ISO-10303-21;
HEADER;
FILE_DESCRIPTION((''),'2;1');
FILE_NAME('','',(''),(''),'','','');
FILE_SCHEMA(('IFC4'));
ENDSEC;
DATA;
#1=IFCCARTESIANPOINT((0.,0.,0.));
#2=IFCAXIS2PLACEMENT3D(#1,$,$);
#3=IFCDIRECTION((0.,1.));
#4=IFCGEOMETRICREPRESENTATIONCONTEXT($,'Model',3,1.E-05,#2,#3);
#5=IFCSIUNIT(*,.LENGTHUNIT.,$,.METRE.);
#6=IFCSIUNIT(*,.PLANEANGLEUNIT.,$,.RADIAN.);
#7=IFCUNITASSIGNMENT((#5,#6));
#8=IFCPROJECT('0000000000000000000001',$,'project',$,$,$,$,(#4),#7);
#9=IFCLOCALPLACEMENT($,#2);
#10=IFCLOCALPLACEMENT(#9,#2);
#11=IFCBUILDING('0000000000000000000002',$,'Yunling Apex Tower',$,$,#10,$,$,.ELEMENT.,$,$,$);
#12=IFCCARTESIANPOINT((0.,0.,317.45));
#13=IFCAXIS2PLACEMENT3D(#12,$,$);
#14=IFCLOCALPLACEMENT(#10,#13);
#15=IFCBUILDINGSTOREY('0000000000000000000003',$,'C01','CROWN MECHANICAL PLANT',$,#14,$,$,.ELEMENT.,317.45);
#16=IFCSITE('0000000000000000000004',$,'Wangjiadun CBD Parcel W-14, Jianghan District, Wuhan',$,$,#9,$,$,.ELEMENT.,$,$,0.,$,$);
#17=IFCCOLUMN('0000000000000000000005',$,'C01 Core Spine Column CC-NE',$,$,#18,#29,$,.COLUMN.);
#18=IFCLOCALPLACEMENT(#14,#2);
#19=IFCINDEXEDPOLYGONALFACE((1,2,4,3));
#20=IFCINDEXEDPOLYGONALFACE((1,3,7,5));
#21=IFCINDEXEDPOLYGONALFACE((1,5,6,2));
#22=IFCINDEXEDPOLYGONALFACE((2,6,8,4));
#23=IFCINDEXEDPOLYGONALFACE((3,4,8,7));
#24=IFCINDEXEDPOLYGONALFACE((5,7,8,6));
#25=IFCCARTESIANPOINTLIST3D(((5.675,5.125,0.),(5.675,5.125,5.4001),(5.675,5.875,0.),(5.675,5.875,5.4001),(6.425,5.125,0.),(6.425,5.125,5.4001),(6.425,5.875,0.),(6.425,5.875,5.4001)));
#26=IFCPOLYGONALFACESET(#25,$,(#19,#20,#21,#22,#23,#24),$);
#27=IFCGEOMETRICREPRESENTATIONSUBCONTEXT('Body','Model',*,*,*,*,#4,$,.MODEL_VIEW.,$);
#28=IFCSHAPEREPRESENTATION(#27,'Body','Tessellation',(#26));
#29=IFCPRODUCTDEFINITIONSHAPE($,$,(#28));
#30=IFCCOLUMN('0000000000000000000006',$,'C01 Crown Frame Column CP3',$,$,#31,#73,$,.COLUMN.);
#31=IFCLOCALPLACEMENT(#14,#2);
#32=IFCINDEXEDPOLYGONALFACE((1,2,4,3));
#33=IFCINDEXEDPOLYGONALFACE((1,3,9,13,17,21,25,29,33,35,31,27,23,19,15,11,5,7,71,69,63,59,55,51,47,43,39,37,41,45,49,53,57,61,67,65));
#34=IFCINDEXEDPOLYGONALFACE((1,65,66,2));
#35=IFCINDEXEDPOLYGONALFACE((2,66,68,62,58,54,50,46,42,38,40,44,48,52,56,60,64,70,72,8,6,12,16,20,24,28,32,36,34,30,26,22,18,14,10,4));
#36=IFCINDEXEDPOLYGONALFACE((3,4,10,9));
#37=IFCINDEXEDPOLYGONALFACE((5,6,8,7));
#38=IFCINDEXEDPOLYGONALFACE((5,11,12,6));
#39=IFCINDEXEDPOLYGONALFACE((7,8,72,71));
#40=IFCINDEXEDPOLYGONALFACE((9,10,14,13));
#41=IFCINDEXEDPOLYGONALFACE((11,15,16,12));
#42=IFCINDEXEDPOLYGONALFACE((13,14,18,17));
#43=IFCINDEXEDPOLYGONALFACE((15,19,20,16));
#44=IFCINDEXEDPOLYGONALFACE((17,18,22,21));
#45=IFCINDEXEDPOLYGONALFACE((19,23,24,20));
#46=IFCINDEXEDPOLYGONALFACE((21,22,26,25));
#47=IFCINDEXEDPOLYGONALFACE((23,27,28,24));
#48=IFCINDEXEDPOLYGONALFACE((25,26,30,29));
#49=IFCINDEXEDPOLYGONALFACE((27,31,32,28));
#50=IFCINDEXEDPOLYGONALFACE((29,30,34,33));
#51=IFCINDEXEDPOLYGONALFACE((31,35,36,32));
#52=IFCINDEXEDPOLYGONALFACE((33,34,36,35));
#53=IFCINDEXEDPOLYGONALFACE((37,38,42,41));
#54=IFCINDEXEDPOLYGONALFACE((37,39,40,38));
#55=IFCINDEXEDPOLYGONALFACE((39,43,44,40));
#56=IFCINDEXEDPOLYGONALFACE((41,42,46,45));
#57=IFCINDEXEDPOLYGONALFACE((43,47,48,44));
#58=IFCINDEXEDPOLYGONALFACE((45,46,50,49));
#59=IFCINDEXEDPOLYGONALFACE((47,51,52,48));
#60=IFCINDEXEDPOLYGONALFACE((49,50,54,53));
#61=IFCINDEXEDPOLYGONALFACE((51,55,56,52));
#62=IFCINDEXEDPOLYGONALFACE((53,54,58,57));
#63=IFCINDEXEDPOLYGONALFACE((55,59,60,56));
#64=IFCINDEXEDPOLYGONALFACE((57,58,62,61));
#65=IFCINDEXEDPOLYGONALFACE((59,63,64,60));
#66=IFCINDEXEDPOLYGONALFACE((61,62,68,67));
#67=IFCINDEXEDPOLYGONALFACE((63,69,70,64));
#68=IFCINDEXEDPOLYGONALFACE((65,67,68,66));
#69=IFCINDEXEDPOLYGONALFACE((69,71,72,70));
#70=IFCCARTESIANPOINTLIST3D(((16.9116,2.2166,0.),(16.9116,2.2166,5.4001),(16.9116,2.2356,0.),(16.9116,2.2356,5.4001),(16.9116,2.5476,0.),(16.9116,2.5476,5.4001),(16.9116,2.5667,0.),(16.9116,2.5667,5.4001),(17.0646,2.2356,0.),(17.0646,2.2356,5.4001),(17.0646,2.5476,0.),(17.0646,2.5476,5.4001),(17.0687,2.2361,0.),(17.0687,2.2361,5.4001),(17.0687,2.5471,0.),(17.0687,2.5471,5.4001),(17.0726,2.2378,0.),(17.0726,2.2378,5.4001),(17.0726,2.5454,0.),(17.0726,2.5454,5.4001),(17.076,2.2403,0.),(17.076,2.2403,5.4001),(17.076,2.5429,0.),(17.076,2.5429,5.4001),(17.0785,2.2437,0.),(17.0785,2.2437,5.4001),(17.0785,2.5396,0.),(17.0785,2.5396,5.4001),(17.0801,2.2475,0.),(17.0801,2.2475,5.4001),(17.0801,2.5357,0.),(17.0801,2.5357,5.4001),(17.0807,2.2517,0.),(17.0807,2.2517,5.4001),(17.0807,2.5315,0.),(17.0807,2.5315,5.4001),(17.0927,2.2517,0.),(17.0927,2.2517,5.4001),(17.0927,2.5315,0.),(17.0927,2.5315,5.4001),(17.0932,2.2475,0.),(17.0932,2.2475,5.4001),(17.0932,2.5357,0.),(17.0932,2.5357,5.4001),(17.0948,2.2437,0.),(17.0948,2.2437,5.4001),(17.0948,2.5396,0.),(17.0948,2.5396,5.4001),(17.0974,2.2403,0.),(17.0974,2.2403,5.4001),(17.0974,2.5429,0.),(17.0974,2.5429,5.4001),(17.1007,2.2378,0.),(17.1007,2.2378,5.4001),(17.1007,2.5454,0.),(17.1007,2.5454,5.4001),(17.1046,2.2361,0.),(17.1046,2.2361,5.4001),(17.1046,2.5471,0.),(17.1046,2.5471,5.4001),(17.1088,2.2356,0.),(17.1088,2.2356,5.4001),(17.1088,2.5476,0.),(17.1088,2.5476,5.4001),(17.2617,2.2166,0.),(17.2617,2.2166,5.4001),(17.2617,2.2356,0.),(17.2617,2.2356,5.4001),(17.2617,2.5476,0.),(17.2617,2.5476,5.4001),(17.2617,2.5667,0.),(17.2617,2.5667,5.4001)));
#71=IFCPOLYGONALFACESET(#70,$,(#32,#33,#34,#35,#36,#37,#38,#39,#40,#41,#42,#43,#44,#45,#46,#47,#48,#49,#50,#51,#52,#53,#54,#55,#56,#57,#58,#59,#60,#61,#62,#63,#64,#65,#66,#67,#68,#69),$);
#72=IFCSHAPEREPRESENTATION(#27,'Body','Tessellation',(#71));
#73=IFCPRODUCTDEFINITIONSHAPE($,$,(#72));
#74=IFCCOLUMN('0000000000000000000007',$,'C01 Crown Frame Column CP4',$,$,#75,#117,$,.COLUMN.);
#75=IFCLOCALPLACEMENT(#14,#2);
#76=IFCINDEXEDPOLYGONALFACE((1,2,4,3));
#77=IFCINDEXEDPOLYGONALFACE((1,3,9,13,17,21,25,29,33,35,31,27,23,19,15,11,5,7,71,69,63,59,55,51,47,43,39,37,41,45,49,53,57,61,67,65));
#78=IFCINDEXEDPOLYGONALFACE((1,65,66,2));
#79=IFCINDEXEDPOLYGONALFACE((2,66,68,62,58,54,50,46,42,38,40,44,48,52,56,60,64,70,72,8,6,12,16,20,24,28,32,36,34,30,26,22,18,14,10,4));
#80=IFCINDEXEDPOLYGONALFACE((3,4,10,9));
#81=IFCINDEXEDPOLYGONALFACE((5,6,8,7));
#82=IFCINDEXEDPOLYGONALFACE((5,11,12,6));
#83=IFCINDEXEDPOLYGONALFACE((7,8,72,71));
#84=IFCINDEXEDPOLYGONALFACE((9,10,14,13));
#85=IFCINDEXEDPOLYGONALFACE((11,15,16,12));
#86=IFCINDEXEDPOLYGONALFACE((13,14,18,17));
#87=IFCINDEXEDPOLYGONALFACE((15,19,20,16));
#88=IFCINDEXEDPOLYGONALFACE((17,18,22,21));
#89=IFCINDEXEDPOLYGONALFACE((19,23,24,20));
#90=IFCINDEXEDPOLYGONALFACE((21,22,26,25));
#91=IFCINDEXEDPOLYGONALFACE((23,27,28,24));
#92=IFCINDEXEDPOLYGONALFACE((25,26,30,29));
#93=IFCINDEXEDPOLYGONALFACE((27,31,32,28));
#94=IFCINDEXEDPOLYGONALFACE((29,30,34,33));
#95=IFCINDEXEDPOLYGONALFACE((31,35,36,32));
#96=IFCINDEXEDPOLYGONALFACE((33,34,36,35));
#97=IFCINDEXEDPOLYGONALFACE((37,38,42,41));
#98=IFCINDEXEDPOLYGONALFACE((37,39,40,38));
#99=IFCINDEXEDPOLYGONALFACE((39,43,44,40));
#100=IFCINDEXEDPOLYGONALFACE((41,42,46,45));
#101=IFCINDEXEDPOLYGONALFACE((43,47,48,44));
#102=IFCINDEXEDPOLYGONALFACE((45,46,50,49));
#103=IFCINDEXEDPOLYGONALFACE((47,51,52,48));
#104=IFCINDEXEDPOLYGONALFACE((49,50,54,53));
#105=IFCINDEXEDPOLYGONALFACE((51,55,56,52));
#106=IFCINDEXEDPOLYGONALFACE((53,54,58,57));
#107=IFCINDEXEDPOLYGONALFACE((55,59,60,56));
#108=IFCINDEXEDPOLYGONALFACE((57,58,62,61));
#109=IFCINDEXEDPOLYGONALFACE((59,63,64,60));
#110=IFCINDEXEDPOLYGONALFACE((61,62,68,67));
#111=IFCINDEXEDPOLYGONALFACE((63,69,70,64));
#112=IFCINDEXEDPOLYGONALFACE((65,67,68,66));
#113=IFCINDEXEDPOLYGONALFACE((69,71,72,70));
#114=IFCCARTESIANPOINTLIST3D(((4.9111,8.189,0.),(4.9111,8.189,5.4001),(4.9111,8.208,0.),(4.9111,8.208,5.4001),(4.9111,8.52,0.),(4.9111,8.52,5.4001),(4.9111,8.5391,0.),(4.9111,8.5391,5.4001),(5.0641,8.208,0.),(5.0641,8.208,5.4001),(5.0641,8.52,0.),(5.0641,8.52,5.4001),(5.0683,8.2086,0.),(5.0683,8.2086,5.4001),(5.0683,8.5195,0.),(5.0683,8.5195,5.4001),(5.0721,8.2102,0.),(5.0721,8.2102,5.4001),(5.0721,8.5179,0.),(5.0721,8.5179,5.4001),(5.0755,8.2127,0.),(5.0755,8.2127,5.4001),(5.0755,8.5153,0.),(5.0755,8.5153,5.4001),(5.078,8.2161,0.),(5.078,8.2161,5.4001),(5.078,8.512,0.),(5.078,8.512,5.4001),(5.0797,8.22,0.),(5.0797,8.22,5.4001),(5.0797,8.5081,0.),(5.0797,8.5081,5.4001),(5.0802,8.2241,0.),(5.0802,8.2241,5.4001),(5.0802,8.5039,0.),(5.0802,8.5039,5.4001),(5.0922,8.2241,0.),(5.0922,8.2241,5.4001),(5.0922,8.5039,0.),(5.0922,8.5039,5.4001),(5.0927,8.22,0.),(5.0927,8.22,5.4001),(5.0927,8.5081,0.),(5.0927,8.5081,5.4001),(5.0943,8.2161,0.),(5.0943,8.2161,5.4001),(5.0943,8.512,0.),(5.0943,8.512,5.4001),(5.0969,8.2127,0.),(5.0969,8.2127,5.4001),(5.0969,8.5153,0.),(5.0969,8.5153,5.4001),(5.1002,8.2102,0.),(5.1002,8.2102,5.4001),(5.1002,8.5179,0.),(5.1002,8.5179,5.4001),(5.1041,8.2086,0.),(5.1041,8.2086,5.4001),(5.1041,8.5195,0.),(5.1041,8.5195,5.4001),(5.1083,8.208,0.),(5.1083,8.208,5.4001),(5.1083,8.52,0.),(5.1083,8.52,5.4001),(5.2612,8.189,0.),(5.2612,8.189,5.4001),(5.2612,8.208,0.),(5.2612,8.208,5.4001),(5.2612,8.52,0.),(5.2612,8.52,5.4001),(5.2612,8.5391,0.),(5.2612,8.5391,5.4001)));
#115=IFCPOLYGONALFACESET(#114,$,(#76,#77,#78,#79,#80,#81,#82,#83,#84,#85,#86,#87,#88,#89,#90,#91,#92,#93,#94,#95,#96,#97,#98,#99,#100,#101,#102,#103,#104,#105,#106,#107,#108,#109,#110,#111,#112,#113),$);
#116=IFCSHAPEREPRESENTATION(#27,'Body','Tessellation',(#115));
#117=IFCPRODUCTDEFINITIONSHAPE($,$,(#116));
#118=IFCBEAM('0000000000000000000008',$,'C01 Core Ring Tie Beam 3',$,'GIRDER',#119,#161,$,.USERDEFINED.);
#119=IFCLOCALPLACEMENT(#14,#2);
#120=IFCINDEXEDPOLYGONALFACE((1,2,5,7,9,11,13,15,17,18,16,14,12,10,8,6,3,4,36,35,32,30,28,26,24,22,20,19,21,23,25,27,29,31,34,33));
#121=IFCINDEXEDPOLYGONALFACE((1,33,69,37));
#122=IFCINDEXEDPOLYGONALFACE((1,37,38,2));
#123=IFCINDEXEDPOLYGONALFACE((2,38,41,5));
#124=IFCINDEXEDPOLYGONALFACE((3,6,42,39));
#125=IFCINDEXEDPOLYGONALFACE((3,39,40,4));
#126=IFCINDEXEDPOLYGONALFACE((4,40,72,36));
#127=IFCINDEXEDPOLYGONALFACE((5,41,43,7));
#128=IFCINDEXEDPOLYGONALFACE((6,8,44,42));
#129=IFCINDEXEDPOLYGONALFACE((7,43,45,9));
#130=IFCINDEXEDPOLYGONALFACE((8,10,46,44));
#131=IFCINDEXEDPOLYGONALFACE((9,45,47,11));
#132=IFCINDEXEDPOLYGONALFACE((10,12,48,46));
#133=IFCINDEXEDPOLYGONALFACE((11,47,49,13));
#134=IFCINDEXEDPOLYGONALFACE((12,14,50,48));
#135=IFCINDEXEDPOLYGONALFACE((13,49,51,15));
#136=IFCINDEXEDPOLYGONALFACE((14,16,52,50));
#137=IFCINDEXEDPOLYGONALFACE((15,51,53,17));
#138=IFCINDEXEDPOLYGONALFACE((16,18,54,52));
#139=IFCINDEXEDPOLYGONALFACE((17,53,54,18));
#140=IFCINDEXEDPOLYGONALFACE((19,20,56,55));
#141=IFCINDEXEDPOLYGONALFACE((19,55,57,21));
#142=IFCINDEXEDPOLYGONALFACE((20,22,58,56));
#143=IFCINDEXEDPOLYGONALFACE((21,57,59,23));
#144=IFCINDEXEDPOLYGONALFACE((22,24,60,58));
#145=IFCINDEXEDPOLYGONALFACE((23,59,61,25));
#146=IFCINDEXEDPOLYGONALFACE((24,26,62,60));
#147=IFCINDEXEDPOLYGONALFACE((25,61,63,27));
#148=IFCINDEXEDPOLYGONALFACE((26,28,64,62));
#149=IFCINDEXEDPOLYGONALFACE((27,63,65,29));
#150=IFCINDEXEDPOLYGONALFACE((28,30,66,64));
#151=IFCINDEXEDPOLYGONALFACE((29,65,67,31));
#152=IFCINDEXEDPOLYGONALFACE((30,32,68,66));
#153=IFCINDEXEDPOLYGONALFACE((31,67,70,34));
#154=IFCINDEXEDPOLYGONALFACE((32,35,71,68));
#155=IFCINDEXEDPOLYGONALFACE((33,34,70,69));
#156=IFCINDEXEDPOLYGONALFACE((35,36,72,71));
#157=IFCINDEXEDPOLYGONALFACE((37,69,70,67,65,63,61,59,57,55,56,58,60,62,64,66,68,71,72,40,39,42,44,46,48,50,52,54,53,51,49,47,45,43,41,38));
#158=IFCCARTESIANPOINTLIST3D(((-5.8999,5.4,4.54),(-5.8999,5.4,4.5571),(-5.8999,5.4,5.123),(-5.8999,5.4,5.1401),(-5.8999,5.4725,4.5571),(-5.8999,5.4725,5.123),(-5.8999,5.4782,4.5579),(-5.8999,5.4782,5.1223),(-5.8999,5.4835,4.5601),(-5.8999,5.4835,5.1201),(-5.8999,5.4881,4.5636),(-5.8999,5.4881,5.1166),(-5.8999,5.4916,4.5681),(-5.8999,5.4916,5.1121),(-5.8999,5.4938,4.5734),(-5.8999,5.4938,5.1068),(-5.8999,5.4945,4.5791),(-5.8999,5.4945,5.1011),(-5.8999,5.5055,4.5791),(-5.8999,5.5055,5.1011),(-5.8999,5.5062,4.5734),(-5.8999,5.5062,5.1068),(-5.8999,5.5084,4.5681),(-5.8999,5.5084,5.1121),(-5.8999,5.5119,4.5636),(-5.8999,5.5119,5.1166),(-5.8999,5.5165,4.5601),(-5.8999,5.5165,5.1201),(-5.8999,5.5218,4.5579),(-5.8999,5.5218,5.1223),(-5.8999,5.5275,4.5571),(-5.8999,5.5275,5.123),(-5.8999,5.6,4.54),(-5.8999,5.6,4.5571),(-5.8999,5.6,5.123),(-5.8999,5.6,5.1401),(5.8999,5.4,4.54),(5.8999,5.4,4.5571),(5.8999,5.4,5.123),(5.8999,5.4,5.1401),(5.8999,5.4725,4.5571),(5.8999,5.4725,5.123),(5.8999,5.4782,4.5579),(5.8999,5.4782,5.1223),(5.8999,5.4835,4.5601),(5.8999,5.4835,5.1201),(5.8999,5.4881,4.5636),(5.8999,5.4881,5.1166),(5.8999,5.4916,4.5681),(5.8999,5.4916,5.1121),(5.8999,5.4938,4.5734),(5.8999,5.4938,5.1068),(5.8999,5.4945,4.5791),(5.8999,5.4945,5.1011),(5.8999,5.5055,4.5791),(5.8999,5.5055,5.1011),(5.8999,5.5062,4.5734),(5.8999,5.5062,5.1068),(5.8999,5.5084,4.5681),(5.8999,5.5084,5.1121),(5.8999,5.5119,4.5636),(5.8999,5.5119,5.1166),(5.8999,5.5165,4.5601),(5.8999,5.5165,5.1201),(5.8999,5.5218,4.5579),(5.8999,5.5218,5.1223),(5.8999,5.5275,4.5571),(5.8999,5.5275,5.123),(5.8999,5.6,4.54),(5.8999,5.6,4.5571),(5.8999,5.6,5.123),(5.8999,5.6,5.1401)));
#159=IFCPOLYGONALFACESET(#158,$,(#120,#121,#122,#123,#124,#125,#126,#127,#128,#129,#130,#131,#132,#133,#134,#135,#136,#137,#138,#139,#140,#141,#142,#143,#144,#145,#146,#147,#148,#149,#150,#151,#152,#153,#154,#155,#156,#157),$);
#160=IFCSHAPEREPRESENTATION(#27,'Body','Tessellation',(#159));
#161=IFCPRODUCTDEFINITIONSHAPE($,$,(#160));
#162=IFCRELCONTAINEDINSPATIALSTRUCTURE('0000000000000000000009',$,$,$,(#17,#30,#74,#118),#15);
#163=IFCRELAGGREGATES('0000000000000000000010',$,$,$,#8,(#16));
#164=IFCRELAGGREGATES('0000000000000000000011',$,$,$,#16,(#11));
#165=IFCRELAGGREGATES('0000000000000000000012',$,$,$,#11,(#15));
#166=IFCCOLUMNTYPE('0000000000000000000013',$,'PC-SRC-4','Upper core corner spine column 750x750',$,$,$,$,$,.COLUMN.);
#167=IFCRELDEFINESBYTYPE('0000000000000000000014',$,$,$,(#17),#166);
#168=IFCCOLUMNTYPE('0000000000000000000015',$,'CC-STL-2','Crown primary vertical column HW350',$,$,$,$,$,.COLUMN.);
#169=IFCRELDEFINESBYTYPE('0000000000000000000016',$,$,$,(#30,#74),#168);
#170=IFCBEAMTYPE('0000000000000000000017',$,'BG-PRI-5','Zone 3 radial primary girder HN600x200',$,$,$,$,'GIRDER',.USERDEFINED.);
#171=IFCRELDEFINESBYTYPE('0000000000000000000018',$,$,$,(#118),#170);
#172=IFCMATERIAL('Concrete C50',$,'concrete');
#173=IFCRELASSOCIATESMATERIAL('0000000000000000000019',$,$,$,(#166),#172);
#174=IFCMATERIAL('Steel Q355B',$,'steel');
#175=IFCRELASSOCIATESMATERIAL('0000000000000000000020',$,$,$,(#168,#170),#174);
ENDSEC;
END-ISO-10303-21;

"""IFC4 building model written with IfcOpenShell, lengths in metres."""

from ifc_helpers import new_model, si_unit, direction, frame, origin, origin_2d, place, context, subcontext, project, spatial, rectangle, i_section, extrude, source, transform, mapped, material, material_profile, profile_set, type_object, element, save


model = new_model("IFC4")

# Units and contexts
model_context = context("Model", 3, precision=1e-05, world=origin(), true_north=direction((0.0, 1.0)))
body_context = subcontext(model_context, "Body", "Model", "MODEL_VIEW")
ifc_project = project(units=[si_unit("LENGTHUNIT", "METRE"), si_unit("PLANEANGLEUNIT", "RADIAN")], contexts=[model_context])

# Site, building, storey
site_placement = place(None, origin())
site = spatial("IfcSite", under=ifc_project, at=site_placement, Name="Wangjiadun CBD Parcel W-14, Jianghan District, Wuhan", CompositionType="ELEMENT", RefElevation=0.0)
building_placement = place(site_placement, origin())
building = spatial("IfcBuilding", under=site, at=building_placement, Name="Yunling Apex Tower", CompositionType="ELEMENT")
storey_placement = place(building_placement, frame((0.0, 0.0, 317.45)))
storey = spatial("IfcBuildingStorey", under=building, at=storey_placement, Name="C01", Description="CROWN MECHANICAL PLANT", CompositionType="ELEMENT", Elevation=317.45)

# Columns
ifc_material_1 = material(Name="Concrete C50", Category="concrete")
ifc_material_profile_1 = material_profile(ifc_material_1, rectangle(XDim=0.75, YDim=0.75, at=origin_2d()))
ifc_profile_set_1 = profile_set([ifc_material_profile_1], Name="Concrete C50")
column_type_1 = type_object("IfcColumnType", Name="PC-SRC-4", Description="Upper core corner spine column 750x750", PredefinedType="COLUMN", material=ifc_profile_set_1)
shared_shape_1 = source(origin(), body_context, "Body", "SweptSolid", [
    extrude(rectangle(XDim=0.75, YDim=0.75, at=origin_2d()), origin(), (0.0, 0.0, 1.0), 5.4001),
])
column_placement = place(storey_placement, frame((6.05, 5.5, 0.0), z_axis=(0.0, 0.0, 1.0), x_axis=(1.0, 0.0, 0.0)))
element("IfcColumn", 1, at=column_placement, inside=storey, type_object=column_type_1, Name="C01 Core Spine Column CC-NE", PredefinedType="COLUMN", context=body_context, shape_type="MappedRepresentation", body=[
    mapped(shared_shape_1, transform((0.0, 0.0, 0.0), scale=1.0)),
])
ifc_material_2 = material(Name="Steel Q355B", Category="steel")
ifc_material_profile_2 = material_profile(ifc_material_2, i_section(OverallWidth=0.3501, OverallDepth=0.3501, WebThickness=0.012, FlangeThickness=0.019, FilletRadius=0.0161, at=origin_2d()))
ifc_profile_set_2 = profile_set([ifc_material_profile_2], Name="Steel Q355B")
column_type_2 = type_object("IfcColumnType", Name="CC-STL-2", Description="Crown primary vertical column HW350", PredefinedType="COLUMN", material=ifc_profile_set_2)
shared_shape_2 = source(origin(), body_context, "Body", "SweptSolid", [
    extrude(i_section(OverallWidth=0.3501, OverallDepth=0.3501, WebThickness=0.012, FlangeThickness=0.019, FilletRadius=0.0161, at=origin_2d()), origin(), (0.0, 0.0, 1.0), 5.4001),
])
for number, where, z_axis, x_axis, name in (
    (2, (17.0867, 2.3916, 0.0), (0.0, 0.0, 1.0), (1.0, 0.0, 0.0), "C01 Crown Frame Column CP3"),
    (3, (5.0862, 8.364, 0.0), (0.0, 0.0, 1.0), (1.0, 0.0, 0.0), "C01 Crown Frame Column CP4"),
):
    element("IfcColumn", number, at=place(storey_placement, frame(where, z_axis=z_axis, x_axis=x_axis)), inside=storey, type_object=column_type_2, Name=name, PredefinedType="COLUMN", context=body_context, shape_type="MappedRepresentation", body=[
        mapped(shared_shape_2, transform((0.0, 0.0, 0.0), scale=1.0)),
    ])

# Beam
ifc_material_profile_3 = material_profile(ifc_material_2, i_section(OverallWidth=0.2, OverallDepth=0.6001, WebThickness=0.011, FlangeThickness=0.0171, FilletRadius=0.022, at=origin_2d()))
ifc_profile_set_3 = profile_set([ifc_material_profile_3], Name="Steel Q355B")
beam_type = type_object("IfcBeamType", Name="BG-PRI-5", Description="Zone 3 radial primary girder HN600x200", ElementType="GIRDER", PredefinedType="USERDEFINED", material=ifc_profile_set_3)
shared_shape_3 = source(origin(), body_context, "Body", "SweptSolid", [
    extrude(i_section(OverallWidth=0.2, OverallDepth=0.6001, WebThickness=0.011, FlangeThickness=0.0171, FilletRadius=0.022, at=origin_2d()), origin(), (0.0, 0.0, 1.0), 11.7998),
])
beam_1_placement = place(storey_placement, frame((5.8999, 5.5, 4.8401), z_axis=(-1.0, 0.0, 0.0), x_axis=(0.0, -1.0, 0.0)))
element("IfcBeam", 4, at=beam_1_placement, inside=storey, type_object=beam_type, Name="C01 Core Ring Tie Beam 3", ObjectType="GIRDER", PredefinedType="USERDEFINED", context=body_context, shape_type="MappedRepresentation", body=[
    mapped(shared_shape_3, transform((0.0, 0.0, 0.0), scale=1.0)),
])

save(model, "model.ifc")
